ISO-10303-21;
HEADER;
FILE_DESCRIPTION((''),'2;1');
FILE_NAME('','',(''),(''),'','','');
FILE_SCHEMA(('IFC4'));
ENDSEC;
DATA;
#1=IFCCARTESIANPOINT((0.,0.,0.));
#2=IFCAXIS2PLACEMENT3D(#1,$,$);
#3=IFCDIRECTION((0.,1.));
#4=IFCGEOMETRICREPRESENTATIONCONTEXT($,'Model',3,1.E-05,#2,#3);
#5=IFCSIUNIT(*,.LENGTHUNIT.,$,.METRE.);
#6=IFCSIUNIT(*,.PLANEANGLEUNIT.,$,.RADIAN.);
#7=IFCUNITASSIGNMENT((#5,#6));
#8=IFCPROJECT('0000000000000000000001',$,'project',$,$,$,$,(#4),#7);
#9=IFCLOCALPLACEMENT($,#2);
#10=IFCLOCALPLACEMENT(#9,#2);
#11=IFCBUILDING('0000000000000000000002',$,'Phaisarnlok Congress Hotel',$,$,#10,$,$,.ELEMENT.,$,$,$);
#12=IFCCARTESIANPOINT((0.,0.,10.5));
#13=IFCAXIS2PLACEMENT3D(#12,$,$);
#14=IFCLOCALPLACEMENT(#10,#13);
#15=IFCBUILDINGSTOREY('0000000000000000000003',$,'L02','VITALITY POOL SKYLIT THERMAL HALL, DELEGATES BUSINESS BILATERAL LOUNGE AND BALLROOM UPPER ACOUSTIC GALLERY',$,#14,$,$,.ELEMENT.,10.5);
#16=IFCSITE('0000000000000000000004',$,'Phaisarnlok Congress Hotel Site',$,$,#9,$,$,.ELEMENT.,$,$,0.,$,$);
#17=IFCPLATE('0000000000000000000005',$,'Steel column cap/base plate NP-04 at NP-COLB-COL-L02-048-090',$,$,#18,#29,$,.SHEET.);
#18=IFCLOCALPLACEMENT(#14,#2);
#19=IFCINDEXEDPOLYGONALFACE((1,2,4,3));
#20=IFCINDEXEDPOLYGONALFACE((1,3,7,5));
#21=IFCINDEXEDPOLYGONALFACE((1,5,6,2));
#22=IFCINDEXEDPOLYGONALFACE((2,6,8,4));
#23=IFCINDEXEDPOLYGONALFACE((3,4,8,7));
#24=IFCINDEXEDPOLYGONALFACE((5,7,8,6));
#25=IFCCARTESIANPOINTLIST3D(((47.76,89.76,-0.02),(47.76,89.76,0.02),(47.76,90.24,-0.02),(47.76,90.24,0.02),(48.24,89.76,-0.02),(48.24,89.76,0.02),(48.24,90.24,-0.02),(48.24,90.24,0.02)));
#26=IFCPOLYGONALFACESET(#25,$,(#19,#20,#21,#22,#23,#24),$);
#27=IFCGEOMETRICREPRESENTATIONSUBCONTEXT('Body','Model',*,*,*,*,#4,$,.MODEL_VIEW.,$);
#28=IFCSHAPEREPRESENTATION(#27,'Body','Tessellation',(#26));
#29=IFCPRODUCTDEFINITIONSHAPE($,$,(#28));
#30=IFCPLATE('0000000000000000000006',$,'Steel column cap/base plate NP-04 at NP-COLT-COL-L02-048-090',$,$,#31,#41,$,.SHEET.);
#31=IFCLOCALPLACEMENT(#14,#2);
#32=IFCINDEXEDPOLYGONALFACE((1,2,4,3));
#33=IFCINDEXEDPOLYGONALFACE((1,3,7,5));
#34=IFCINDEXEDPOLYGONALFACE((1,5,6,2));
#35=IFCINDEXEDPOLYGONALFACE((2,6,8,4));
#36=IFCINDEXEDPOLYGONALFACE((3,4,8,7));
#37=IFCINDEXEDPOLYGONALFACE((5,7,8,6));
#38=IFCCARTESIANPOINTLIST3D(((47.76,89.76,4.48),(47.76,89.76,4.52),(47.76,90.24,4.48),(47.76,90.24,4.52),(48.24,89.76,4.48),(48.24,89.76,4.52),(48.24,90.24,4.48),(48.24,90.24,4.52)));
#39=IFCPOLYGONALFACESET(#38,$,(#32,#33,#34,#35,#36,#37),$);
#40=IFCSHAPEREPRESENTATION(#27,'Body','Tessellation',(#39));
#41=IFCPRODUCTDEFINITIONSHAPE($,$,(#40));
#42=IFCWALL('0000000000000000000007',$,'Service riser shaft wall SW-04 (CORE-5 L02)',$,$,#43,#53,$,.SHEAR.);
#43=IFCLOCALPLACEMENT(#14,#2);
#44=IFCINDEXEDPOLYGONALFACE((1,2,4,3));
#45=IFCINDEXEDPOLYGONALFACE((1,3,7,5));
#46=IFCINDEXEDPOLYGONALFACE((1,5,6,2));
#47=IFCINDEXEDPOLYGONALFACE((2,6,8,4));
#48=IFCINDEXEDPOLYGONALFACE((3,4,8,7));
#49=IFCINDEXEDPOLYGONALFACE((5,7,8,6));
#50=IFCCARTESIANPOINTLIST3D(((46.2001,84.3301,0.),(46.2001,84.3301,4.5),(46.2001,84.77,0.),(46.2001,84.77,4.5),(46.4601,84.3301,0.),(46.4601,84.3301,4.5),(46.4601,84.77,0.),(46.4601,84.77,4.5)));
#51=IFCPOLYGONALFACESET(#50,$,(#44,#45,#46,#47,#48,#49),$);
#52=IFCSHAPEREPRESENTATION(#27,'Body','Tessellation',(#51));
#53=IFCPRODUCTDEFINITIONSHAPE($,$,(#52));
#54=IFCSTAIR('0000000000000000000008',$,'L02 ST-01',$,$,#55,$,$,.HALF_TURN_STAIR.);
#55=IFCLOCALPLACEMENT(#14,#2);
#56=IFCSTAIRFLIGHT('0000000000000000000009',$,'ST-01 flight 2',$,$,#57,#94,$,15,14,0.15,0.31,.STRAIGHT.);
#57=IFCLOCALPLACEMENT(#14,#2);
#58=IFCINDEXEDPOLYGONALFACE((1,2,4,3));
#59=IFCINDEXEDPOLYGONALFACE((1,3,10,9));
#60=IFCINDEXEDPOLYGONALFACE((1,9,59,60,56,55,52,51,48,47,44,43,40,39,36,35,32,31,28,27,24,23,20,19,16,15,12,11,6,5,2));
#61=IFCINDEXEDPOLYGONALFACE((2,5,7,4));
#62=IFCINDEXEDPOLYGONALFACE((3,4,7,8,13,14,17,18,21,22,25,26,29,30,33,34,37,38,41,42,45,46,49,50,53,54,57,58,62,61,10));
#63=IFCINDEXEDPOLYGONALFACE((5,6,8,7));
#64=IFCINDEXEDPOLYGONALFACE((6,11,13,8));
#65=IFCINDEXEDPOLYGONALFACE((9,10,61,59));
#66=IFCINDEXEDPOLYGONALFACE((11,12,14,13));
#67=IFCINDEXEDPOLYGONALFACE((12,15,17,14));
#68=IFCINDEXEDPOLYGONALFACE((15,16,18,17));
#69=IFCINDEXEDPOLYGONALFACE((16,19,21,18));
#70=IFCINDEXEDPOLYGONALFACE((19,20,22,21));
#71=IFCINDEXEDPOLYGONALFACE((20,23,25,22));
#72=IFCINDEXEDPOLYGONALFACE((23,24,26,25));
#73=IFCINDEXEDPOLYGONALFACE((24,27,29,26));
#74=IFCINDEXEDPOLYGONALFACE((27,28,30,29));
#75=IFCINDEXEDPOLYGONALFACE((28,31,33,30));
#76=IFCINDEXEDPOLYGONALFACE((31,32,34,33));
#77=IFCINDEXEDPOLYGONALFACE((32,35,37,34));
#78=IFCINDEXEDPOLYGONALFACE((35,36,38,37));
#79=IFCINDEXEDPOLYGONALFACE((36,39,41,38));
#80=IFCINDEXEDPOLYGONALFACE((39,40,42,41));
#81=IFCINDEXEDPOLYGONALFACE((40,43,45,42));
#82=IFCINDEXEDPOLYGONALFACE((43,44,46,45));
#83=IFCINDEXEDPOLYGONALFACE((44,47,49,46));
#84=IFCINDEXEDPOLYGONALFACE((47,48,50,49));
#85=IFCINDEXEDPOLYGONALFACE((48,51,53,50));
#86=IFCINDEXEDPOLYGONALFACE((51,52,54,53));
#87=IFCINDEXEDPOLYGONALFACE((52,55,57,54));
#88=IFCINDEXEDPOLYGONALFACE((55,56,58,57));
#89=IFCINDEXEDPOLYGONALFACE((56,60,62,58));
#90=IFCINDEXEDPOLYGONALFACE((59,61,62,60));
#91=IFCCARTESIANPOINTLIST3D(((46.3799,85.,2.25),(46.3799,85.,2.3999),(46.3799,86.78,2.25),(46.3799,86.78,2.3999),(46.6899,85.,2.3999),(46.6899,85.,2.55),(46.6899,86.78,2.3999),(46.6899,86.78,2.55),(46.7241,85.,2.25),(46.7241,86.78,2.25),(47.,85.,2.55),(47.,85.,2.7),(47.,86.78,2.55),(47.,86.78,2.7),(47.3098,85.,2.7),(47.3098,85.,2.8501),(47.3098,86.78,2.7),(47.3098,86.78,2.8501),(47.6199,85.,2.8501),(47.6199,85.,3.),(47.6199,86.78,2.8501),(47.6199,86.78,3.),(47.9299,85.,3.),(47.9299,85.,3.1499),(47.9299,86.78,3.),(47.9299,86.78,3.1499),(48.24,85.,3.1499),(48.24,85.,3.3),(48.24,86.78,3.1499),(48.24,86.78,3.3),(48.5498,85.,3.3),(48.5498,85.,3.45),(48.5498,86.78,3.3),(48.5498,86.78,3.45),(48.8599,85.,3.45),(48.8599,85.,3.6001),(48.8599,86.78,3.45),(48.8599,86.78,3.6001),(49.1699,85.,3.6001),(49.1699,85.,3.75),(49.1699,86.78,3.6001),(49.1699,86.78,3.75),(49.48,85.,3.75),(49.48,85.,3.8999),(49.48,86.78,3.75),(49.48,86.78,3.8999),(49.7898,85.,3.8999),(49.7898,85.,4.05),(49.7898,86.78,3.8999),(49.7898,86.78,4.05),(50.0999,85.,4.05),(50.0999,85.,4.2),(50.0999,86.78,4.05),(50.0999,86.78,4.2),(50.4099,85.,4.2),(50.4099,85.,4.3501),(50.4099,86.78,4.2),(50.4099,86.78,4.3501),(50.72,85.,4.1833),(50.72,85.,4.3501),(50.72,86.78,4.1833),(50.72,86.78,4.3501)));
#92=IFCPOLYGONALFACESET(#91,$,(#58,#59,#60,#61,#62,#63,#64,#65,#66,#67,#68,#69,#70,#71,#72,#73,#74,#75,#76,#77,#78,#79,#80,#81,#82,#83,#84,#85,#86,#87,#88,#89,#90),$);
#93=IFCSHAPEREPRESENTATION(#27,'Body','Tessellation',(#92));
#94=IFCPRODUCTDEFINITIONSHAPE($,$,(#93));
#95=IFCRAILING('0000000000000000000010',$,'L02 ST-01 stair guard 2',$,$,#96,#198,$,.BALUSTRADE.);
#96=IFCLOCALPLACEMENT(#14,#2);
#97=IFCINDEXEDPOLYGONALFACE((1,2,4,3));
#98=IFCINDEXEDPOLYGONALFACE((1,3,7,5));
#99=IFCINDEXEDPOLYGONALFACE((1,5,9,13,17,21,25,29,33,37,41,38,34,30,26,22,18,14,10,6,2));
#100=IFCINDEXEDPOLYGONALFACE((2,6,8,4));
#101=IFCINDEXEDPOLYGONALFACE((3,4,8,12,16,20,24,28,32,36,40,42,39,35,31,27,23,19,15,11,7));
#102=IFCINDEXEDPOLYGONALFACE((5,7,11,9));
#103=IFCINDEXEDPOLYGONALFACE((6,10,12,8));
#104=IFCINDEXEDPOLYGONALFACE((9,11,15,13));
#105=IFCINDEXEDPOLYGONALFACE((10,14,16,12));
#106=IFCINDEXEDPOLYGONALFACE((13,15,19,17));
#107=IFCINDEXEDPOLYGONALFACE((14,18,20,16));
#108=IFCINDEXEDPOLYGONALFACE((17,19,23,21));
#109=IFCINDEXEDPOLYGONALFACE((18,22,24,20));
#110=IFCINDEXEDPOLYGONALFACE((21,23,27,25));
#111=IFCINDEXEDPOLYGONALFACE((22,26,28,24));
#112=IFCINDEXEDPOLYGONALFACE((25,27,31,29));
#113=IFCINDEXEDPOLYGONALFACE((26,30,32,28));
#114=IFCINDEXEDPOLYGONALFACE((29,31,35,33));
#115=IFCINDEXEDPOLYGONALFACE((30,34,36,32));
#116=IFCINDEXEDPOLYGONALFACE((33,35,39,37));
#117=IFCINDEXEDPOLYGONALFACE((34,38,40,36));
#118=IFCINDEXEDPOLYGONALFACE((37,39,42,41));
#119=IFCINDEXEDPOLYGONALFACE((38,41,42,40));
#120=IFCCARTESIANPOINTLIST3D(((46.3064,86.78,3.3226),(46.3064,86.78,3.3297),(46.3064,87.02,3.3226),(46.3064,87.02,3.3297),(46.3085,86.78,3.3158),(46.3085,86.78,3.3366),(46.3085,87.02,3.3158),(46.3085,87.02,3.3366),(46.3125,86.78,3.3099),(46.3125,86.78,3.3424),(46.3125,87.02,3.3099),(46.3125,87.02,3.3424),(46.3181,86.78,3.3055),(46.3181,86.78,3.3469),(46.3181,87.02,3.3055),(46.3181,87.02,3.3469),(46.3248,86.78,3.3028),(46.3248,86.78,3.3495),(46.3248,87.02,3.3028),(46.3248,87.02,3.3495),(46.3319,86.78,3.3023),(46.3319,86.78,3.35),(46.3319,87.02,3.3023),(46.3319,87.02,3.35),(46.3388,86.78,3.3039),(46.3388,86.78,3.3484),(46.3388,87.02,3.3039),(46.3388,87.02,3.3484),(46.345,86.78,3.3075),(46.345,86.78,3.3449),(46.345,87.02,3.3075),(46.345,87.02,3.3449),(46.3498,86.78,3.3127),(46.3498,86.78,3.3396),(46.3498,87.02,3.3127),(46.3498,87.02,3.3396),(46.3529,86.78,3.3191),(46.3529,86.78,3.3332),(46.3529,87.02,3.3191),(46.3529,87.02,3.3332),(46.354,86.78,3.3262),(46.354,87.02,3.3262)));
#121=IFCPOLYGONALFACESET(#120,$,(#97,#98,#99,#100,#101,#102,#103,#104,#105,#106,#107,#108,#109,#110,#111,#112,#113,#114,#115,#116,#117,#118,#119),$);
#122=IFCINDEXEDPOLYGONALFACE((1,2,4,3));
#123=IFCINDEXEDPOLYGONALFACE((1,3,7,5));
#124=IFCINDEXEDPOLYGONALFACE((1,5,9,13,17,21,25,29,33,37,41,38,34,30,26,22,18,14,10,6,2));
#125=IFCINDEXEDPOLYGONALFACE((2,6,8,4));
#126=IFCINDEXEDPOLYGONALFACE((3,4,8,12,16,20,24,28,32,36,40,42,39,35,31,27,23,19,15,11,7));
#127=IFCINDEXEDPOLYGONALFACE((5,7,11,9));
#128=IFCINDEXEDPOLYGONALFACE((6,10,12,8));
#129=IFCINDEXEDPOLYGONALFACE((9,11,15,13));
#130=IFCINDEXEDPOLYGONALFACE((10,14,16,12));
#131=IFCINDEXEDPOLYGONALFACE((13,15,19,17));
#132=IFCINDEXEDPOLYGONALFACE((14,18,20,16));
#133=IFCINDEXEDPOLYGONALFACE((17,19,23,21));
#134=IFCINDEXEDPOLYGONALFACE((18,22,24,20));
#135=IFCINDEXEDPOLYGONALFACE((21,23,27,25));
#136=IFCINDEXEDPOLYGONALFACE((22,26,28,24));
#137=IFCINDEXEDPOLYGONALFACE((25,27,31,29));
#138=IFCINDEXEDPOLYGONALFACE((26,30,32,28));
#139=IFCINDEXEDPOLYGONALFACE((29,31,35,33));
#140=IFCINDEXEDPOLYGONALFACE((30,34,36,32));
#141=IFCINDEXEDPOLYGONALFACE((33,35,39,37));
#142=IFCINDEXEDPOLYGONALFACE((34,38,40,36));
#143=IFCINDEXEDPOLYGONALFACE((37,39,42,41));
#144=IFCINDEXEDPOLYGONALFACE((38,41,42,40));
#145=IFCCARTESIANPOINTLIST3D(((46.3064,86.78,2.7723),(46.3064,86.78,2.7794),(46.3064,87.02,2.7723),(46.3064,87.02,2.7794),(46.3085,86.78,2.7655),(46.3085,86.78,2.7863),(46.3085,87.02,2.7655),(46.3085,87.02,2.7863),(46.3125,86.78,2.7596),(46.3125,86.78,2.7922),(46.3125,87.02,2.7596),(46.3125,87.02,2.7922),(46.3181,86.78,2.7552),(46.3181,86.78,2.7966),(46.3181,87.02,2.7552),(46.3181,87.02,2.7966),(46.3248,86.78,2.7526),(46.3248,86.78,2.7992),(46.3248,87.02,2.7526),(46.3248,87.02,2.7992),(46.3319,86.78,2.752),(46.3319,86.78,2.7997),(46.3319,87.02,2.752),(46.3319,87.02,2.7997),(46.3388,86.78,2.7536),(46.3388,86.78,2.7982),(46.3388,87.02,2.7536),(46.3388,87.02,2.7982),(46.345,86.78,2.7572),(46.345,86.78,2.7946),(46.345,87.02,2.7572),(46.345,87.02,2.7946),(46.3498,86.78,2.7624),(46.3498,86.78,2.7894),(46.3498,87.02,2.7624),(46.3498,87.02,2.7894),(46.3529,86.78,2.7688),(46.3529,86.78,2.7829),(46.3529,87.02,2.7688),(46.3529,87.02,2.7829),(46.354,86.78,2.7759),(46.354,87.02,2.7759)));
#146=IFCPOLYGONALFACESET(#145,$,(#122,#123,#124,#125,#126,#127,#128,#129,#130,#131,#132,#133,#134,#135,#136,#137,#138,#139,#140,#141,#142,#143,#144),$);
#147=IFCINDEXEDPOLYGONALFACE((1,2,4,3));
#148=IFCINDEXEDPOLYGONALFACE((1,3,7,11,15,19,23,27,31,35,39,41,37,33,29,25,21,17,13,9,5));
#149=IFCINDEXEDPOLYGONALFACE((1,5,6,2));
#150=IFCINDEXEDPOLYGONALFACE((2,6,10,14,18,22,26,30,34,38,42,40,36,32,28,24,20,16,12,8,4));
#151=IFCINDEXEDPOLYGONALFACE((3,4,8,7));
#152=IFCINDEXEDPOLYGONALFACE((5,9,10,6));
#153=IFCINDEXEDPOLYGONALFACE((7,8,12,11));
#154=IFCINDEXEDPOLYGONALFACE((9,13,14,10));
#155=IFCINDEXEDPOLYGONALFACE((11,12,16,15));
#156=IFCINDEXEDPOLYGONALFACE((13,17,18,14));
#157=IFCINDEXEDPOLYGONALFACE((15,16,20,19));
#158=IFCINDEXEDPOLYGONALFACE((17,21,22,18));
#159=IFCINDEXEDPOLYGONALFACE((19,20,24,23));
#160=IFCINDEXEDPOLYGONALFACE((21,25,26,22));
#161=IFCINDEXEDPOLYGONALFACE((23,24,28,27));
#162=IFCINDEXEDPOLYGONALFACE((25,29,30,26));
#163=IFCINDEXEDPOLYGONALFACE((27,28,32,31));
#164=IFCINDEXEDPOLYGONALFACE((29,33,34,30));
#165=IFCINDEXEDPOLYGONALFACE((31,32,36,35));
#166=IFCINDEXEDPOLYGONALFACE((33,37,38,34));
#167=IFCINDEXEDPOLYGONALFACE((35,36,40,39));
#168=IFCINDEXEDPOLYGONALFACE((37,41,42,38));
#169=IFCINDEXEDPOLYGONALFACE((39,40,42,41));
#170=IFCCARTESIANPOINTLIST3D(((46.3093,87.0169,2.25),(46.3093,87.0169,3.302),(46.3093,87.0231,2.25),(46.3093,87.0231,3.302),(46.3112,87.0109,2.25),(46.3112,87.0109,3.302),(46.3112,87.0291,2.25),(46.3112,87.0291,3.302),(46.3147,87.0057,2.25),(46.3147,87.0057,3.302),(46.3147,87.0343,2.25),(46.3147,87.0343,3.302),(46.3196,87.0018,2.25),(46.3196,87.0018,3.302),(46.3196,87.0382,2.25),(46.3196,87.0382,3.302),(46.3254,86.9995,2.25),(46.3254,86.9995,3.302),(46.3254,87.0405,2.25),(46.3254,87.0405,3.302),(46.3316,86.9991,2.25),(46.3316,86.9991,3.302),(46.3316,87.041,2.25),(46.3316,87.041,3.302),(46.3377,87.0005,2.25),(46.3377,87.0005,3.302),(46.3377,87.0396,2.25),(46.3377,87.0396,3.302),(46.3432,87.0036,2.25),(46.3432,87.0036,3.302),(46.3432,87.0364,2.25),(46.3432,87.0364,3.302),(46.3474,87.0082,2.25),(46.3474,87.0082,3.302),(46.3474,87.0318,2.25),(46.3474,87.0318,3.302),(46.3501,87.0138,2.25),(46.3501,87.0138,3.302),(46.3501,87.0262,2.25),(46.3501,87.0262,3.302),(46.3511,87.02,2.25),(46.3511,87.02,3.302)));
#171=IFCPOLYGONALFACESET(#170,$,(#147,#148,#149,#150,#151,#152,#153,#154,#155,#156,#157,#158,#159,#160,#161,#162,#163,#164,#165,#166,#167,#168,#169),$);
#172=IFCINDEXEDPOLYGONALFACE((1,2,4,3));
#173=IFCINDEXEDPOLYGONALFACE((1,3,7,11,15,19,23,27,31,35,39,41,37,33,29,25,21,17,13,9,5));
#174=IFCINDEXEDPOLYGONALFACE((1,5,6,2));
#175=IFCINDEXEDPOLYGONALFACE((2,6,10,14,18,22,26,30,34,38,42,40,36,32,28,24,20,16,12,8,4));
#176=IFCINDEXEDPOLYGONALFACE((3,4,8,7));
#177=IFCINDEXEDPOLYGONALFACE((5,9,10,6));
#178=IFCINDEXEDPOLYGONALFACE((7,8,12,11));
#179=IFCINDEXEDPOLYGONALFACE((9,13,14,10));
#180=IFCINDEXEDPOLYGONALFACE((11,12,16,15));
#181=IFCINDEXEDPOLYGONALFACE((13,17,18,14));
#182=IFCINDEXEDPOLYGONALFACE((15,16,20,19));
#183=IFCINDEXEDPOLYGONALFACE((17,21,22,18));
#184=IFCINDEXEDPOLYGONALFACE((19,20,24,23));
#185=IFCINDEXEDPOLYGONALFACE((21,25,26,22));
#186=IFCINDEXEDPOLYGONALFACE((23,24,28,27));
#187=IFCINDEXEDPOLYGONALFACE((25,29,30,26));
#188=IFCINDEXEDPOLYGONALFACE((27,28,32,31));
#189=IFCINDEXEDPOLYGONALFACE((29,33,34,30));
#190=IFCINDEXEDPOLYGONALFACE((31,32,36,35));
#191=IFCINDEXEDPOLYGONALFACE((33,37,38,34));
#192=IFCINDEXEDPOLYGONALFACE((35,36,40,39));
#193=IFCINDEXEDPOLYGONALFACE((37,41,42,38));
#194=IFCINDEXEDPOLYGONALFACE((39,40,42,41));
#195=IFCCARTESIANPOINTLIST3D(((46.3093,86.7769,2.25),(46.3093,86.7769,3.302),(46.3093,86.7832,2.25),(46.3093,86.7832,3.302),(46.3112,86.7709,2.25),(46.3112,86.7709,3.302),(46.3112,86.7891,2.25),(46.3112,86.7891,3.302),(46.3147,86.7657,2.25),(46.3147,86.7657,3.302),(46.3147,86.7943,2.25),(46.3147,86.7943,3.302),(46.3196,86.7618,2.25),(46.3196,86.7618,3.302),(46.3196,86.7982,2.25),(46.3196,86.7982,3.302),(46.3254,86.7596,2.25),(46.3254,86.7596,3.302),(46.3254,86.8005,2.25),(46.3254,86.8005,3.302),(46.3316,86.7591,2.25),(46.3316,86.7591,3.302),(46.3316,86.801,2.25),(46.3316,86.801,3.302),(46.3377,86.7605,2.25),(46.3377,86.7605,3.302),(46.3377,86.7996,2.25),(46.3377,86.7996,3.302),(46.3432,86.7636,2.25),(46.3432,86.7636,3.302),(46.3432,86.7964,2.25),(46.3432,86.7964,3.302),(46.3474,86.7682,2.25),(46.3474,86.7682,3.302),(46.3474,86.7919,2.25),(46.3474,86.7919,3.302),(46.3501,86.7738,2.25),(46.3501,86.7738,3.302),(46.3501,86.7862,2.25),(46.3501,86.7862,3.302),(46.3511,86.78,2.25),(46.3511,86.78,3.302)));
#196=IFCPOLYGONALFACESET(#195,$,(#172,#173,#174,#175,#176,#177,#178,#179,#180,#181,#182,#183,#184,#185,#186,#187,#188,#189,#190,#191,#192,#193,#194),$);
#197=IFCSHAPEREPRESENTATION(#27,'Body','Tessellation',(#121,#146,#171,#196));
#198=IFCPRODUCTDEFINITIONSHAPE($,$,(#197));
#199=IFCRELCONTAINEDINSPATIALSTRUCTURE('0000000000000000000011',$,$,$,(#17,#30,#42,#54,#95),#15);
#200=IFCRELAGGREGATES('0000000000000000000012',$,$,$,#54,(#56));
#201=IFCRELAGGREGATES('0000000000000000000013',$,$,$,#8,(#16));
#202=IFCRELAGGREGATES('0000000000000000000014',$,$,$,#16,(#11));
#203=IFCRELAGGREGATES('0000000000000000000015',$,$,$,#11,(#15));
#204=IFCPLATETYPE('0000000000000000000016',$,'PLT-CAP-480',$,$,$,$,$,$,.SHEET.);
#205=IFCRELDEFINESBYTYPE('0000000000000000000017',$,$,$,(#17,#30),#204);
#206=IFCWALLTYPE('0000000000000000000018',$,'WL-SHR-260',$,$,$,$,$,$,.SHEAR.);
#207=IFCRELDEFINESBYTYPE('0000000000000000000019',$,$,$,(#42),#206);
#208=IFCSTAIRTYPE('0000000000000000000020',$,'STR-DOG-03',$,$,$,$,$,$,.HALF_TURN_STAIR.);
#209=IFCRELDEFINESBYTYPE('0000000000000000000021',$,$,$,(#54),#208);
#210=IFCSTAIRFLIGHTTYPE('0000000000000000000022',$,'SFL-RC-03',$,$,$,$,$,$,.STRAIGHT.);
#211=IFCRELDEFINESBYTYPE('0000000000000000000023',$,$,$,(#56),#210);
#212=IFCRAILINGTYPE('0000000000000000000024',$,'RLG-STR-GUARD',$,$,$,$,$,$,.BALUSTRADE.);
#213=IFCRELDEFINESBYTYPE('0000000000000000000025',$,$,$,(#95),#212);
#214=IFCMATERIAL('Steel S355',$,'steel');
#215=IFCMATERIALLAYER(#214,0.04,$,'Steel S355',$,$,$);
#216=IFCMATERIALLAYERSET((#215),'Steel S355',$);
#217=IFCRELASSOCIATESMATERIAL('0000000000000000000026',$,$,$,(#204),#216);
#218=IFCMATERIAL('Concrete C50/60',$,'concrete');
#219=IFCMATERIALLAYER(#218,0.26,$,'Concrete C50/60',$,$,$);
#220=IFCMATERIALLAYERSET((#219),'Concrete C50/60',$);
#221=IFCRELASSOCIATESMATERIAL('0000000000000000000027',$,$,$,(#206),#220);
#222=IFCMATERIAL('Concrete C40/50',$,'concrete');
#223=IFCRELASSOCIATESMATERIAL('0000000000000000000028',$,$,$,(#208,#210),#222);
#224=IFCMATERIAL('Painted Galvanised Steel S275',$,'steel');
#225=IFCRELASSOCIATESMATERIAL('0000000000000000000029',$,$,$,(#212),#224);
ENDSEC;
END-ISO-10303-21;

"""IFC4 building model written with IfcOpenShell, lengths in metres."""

from ifc_helpers import new_model, si_unit, direction, frame, frame_2d, origin, origin_2d, place, context, subcontext, project, spatial, polyline, rectangle, circle, outline, extrude, material, layer, layer_set, type_object, element, aggregate, save


model = new_model("IFC4")

# Units and contexts
model_context = context("Model", 3, precision=1e-05, world=origin(), true_north=direction((0.0, 1.0)))
body_context = subcontext(model_context, "Body", "Model", "MODEL_VIEW")
ifc_project = project(units=[si_unit("LENGTHUNIT", "METRE"), si_unit("PLANEANGLEUNIT", "RADIAN")], contexts=[model_context])

# Site, building, storey
site_placement = place(None, origin())
site = spatial("IfcSite", under=ifc_project, at=site_placement, Name="Phaisarnlok Congress Hotel Site", CompositionType="ELEMENT", RefElevation=0.0)
building_placement = place(site_placement, origin())
building = spatial("IfcBuilding", under=site, at=building_placement, Name="Phaisarnlok Congress Hotel", CompositionType="ELEMENT")
storey_placement = place(building_placement, frame((0.0, 0.0, 10.5)))
storey = spatial("IfcBuildingStorey", under=building, at=storey_placement, Name="L02", Description="VITALITY POOL SKYLIT THERMAL HALL, DELEGATES BUSINESS BILATERAL LOUNGE AND BALLROOM UPPER ACOUSTIC GALLERY", CompositionType="ELEMENT", Elevation=10.5)

# Shared definitions
ifc_material_1 = material(Name="Concrete C50/60", Category="concrete")
ifc_material_2 = material(Name="Steel S355", Category="steel")

# Shared definitions
ifc_material_3 = material(Name="Concrete C40/50", Category="concrete")

# Plates
ifc_layer_1 = layer(ifc_material_2, 0.04, Name="Steel S355")
ifc_layer_set_1 = layer_set([ifc_layer_1], Name="Steel S355")
plate_type_1 = type_object("IfcPlateType", Name="PLT-CAP-480", PredefinedType="SHEET", material=ifc_layer_set_1)
for number, where, z_axis, x_axis, name in (
    (1, (48.0, 90.0, -0.02), (0.0, 0.0, 1.0), (1.0, 0.0, 0.0), "Steel column cap/base plate NP-04 at NP-COLB-COL-L02-048-090"),
    (2, (48.0, 90.0, 4.48), (0.0, 0.0, 1.0), (1.0, 0.0, 0.0), "Steel column cap/base plate NP-04 at NP-COLT-COL-L02-048-090"),
):
    element("IfcPlate", number, at=place(storey_placement, frame(where, z_axis=z_axis, x_axis=x_axis)), inside=storey, type_object=plate_type_1, Name=name, PredefinedType="SHEET", context=body_context, shape_type="SweptSolid", body=[
        extrude(rectangle(XDim=0.48, YDim=0.48, at=origin_2d()), origin(), (0.0, 0.0, 1.0), 0.04),
    ])

# Wall
ifc_layer_2 = layer(ifc_material_1, 0.26, Name="Concrete C50/60")
ifc_layer_set_2 = layer_set([ifc_layer_2], Name="Concrete C50/60")
wall_type = type_object("IfcWallType", Name="WL-SHR-260", PredefinedType="SHEAR", material=ifc_layer_set_2)
wall_placement = place(storey_placement, frame((46.3301, 84.3301, 0.0), z_axis=(0.0, 0.0, 1.0), x_axis=(0.0, 1.0, 0.0)))
element("IfcWall", 3, at=wall_placement, inside=storey, type_object=wall_type, Name="Service riser shaft wall SW-04 (CORE-5 L02)", PredefinedType="SHEAR", context=body_context, shape_type="SweptSolid", body=[
    extrude(rectangle(XDim=0.4399, YDim=0.26, at=frame_2d((0.22, 0.0))), origin(), (0.0, 0.0, 1.0), 4.5),
])

# Stair, stair flight
stair_type = type_object("IfcStairType", Name="STR-DOG-03", PredefinedType="HALF_TURN_STAIR", material=ifc_material_3)
stair_placement = place(storey_placement, origin())
stair = element("IfcStair", 4, at=stair_placement, inside=storey, type_object=stair_type, Name="L02 ST-01", PredefinedType="HALF_TURN_STAIR")
stair_flight_type = type_object("IfcStairFlightType", Name="SFL-RC-03", PredefinedType="STRAIGHT", material=ifc_material_3)
stair_flight_placement = place(storey_placement, frame((46.3799, 85.8899, 2.25), z_axis=(0.0, 0.0, 1.0), x_axis=(1.0, 0.0, 0.0)))
stair_flight = element("IfcStairFlight", 5, at=stair_flight_placement, type_object=stair_flight_type, Name="ST-01 flight 2", NumberOfRisers=15, NumberOfTreads=14, PredefinedType="STRAIGHT", RiserHeight=0.15, TreadLength=0.31, context=body_context, shape_type="SweptSolid", body=[
    extrude(outline(polyline([(0.0, 0.0), (0.0, 0.1499), (0.3101, 0.1499), (0.3101, 0.3), (0.6201, 0.3), (0.6201, 0.45), (0.9299, 0.45), (0.9299, 0.6001), (1.24, 0.6001), (1.24, 0.75), (1.55, 0.75), (1.55, 0.8999), (1.8601, 0.8999), (1.8601, 1.05), (2.1699, 1.05), (2.1699, 1.2), (2.48, 1.2), (2.48, 1.3501), (2.79, 1.3501), (2.79, 1.5), (3.1001, 1.5), (3.1001, 1.6499), (3.4099, 1.6499), (3.4099, 1.8), (3.72, 1.8), (3.72, 1.95), (4.03, 1.95), (4.03, 2.1001), (4.3401, 2.1001), (4.3401, 2.25), (4.3401, 1.9333), (0.3442, 0.0), (0.0, 0.0)])), frame((0.0, 0.8901, 0.0), z_axis=(0.0, -1.0, 0.0), x_axis=(1.0, 0.0, 0.0)), (0.0, 0.0, 1.0), 1.78),
])
aggregate(stair, [stair_flight])

# Railing
ifc_material_4 = material(Name="Painted Galvanised Steel S275", Category="steel")
railing_type_1 = type_object("IfcRailingType", Name="RLG-STR-GUARD", PredefinedType="BALUSTRADE", material=ifc_material_4)
railing_1_placement = place(storey_placement, frame((46.3301, 87.02, 2.25)))
element("IfcRailing", 6, at=railing_1_placement, inside=storey, type_object=railing_type_1, Name="L02 ST-01 stair guard 2", PredefinedType="BALUSTRADE", context=body_context, shape_type="SweptSolid", body=[
    extrude(circle(Radius=0.0239, at=origin_2d()), frame((0.0, 0.0, 1.0762), z_axis=(0.0, -1.0, 0.0), x_axis=(1.0, 0.0, 0.0)), (0.0, 0.0, 1.0), 0.24),
    extrude(circle(Radius=0.0239, at=origin_2d()), frame((0.0, 0.0, 0.5259), z_axis=(0.0, -1.0, 0.0), x_axis=(1.0, 0.0, 0.0)), (0.0, 0.0, 1.0), 0.24),
    extrude(circle(Radius=0.021, at=origin_2d()), origin(), (0.0, 0.0, 1.0), 1.052),
    extrude(circle(Radius=0.021, at=origin_2d()), frame((0.0, -0.24, 0.0)), (0.0, 0.0, 1.0), 1.052),
])

save(model, "model.ifc")
